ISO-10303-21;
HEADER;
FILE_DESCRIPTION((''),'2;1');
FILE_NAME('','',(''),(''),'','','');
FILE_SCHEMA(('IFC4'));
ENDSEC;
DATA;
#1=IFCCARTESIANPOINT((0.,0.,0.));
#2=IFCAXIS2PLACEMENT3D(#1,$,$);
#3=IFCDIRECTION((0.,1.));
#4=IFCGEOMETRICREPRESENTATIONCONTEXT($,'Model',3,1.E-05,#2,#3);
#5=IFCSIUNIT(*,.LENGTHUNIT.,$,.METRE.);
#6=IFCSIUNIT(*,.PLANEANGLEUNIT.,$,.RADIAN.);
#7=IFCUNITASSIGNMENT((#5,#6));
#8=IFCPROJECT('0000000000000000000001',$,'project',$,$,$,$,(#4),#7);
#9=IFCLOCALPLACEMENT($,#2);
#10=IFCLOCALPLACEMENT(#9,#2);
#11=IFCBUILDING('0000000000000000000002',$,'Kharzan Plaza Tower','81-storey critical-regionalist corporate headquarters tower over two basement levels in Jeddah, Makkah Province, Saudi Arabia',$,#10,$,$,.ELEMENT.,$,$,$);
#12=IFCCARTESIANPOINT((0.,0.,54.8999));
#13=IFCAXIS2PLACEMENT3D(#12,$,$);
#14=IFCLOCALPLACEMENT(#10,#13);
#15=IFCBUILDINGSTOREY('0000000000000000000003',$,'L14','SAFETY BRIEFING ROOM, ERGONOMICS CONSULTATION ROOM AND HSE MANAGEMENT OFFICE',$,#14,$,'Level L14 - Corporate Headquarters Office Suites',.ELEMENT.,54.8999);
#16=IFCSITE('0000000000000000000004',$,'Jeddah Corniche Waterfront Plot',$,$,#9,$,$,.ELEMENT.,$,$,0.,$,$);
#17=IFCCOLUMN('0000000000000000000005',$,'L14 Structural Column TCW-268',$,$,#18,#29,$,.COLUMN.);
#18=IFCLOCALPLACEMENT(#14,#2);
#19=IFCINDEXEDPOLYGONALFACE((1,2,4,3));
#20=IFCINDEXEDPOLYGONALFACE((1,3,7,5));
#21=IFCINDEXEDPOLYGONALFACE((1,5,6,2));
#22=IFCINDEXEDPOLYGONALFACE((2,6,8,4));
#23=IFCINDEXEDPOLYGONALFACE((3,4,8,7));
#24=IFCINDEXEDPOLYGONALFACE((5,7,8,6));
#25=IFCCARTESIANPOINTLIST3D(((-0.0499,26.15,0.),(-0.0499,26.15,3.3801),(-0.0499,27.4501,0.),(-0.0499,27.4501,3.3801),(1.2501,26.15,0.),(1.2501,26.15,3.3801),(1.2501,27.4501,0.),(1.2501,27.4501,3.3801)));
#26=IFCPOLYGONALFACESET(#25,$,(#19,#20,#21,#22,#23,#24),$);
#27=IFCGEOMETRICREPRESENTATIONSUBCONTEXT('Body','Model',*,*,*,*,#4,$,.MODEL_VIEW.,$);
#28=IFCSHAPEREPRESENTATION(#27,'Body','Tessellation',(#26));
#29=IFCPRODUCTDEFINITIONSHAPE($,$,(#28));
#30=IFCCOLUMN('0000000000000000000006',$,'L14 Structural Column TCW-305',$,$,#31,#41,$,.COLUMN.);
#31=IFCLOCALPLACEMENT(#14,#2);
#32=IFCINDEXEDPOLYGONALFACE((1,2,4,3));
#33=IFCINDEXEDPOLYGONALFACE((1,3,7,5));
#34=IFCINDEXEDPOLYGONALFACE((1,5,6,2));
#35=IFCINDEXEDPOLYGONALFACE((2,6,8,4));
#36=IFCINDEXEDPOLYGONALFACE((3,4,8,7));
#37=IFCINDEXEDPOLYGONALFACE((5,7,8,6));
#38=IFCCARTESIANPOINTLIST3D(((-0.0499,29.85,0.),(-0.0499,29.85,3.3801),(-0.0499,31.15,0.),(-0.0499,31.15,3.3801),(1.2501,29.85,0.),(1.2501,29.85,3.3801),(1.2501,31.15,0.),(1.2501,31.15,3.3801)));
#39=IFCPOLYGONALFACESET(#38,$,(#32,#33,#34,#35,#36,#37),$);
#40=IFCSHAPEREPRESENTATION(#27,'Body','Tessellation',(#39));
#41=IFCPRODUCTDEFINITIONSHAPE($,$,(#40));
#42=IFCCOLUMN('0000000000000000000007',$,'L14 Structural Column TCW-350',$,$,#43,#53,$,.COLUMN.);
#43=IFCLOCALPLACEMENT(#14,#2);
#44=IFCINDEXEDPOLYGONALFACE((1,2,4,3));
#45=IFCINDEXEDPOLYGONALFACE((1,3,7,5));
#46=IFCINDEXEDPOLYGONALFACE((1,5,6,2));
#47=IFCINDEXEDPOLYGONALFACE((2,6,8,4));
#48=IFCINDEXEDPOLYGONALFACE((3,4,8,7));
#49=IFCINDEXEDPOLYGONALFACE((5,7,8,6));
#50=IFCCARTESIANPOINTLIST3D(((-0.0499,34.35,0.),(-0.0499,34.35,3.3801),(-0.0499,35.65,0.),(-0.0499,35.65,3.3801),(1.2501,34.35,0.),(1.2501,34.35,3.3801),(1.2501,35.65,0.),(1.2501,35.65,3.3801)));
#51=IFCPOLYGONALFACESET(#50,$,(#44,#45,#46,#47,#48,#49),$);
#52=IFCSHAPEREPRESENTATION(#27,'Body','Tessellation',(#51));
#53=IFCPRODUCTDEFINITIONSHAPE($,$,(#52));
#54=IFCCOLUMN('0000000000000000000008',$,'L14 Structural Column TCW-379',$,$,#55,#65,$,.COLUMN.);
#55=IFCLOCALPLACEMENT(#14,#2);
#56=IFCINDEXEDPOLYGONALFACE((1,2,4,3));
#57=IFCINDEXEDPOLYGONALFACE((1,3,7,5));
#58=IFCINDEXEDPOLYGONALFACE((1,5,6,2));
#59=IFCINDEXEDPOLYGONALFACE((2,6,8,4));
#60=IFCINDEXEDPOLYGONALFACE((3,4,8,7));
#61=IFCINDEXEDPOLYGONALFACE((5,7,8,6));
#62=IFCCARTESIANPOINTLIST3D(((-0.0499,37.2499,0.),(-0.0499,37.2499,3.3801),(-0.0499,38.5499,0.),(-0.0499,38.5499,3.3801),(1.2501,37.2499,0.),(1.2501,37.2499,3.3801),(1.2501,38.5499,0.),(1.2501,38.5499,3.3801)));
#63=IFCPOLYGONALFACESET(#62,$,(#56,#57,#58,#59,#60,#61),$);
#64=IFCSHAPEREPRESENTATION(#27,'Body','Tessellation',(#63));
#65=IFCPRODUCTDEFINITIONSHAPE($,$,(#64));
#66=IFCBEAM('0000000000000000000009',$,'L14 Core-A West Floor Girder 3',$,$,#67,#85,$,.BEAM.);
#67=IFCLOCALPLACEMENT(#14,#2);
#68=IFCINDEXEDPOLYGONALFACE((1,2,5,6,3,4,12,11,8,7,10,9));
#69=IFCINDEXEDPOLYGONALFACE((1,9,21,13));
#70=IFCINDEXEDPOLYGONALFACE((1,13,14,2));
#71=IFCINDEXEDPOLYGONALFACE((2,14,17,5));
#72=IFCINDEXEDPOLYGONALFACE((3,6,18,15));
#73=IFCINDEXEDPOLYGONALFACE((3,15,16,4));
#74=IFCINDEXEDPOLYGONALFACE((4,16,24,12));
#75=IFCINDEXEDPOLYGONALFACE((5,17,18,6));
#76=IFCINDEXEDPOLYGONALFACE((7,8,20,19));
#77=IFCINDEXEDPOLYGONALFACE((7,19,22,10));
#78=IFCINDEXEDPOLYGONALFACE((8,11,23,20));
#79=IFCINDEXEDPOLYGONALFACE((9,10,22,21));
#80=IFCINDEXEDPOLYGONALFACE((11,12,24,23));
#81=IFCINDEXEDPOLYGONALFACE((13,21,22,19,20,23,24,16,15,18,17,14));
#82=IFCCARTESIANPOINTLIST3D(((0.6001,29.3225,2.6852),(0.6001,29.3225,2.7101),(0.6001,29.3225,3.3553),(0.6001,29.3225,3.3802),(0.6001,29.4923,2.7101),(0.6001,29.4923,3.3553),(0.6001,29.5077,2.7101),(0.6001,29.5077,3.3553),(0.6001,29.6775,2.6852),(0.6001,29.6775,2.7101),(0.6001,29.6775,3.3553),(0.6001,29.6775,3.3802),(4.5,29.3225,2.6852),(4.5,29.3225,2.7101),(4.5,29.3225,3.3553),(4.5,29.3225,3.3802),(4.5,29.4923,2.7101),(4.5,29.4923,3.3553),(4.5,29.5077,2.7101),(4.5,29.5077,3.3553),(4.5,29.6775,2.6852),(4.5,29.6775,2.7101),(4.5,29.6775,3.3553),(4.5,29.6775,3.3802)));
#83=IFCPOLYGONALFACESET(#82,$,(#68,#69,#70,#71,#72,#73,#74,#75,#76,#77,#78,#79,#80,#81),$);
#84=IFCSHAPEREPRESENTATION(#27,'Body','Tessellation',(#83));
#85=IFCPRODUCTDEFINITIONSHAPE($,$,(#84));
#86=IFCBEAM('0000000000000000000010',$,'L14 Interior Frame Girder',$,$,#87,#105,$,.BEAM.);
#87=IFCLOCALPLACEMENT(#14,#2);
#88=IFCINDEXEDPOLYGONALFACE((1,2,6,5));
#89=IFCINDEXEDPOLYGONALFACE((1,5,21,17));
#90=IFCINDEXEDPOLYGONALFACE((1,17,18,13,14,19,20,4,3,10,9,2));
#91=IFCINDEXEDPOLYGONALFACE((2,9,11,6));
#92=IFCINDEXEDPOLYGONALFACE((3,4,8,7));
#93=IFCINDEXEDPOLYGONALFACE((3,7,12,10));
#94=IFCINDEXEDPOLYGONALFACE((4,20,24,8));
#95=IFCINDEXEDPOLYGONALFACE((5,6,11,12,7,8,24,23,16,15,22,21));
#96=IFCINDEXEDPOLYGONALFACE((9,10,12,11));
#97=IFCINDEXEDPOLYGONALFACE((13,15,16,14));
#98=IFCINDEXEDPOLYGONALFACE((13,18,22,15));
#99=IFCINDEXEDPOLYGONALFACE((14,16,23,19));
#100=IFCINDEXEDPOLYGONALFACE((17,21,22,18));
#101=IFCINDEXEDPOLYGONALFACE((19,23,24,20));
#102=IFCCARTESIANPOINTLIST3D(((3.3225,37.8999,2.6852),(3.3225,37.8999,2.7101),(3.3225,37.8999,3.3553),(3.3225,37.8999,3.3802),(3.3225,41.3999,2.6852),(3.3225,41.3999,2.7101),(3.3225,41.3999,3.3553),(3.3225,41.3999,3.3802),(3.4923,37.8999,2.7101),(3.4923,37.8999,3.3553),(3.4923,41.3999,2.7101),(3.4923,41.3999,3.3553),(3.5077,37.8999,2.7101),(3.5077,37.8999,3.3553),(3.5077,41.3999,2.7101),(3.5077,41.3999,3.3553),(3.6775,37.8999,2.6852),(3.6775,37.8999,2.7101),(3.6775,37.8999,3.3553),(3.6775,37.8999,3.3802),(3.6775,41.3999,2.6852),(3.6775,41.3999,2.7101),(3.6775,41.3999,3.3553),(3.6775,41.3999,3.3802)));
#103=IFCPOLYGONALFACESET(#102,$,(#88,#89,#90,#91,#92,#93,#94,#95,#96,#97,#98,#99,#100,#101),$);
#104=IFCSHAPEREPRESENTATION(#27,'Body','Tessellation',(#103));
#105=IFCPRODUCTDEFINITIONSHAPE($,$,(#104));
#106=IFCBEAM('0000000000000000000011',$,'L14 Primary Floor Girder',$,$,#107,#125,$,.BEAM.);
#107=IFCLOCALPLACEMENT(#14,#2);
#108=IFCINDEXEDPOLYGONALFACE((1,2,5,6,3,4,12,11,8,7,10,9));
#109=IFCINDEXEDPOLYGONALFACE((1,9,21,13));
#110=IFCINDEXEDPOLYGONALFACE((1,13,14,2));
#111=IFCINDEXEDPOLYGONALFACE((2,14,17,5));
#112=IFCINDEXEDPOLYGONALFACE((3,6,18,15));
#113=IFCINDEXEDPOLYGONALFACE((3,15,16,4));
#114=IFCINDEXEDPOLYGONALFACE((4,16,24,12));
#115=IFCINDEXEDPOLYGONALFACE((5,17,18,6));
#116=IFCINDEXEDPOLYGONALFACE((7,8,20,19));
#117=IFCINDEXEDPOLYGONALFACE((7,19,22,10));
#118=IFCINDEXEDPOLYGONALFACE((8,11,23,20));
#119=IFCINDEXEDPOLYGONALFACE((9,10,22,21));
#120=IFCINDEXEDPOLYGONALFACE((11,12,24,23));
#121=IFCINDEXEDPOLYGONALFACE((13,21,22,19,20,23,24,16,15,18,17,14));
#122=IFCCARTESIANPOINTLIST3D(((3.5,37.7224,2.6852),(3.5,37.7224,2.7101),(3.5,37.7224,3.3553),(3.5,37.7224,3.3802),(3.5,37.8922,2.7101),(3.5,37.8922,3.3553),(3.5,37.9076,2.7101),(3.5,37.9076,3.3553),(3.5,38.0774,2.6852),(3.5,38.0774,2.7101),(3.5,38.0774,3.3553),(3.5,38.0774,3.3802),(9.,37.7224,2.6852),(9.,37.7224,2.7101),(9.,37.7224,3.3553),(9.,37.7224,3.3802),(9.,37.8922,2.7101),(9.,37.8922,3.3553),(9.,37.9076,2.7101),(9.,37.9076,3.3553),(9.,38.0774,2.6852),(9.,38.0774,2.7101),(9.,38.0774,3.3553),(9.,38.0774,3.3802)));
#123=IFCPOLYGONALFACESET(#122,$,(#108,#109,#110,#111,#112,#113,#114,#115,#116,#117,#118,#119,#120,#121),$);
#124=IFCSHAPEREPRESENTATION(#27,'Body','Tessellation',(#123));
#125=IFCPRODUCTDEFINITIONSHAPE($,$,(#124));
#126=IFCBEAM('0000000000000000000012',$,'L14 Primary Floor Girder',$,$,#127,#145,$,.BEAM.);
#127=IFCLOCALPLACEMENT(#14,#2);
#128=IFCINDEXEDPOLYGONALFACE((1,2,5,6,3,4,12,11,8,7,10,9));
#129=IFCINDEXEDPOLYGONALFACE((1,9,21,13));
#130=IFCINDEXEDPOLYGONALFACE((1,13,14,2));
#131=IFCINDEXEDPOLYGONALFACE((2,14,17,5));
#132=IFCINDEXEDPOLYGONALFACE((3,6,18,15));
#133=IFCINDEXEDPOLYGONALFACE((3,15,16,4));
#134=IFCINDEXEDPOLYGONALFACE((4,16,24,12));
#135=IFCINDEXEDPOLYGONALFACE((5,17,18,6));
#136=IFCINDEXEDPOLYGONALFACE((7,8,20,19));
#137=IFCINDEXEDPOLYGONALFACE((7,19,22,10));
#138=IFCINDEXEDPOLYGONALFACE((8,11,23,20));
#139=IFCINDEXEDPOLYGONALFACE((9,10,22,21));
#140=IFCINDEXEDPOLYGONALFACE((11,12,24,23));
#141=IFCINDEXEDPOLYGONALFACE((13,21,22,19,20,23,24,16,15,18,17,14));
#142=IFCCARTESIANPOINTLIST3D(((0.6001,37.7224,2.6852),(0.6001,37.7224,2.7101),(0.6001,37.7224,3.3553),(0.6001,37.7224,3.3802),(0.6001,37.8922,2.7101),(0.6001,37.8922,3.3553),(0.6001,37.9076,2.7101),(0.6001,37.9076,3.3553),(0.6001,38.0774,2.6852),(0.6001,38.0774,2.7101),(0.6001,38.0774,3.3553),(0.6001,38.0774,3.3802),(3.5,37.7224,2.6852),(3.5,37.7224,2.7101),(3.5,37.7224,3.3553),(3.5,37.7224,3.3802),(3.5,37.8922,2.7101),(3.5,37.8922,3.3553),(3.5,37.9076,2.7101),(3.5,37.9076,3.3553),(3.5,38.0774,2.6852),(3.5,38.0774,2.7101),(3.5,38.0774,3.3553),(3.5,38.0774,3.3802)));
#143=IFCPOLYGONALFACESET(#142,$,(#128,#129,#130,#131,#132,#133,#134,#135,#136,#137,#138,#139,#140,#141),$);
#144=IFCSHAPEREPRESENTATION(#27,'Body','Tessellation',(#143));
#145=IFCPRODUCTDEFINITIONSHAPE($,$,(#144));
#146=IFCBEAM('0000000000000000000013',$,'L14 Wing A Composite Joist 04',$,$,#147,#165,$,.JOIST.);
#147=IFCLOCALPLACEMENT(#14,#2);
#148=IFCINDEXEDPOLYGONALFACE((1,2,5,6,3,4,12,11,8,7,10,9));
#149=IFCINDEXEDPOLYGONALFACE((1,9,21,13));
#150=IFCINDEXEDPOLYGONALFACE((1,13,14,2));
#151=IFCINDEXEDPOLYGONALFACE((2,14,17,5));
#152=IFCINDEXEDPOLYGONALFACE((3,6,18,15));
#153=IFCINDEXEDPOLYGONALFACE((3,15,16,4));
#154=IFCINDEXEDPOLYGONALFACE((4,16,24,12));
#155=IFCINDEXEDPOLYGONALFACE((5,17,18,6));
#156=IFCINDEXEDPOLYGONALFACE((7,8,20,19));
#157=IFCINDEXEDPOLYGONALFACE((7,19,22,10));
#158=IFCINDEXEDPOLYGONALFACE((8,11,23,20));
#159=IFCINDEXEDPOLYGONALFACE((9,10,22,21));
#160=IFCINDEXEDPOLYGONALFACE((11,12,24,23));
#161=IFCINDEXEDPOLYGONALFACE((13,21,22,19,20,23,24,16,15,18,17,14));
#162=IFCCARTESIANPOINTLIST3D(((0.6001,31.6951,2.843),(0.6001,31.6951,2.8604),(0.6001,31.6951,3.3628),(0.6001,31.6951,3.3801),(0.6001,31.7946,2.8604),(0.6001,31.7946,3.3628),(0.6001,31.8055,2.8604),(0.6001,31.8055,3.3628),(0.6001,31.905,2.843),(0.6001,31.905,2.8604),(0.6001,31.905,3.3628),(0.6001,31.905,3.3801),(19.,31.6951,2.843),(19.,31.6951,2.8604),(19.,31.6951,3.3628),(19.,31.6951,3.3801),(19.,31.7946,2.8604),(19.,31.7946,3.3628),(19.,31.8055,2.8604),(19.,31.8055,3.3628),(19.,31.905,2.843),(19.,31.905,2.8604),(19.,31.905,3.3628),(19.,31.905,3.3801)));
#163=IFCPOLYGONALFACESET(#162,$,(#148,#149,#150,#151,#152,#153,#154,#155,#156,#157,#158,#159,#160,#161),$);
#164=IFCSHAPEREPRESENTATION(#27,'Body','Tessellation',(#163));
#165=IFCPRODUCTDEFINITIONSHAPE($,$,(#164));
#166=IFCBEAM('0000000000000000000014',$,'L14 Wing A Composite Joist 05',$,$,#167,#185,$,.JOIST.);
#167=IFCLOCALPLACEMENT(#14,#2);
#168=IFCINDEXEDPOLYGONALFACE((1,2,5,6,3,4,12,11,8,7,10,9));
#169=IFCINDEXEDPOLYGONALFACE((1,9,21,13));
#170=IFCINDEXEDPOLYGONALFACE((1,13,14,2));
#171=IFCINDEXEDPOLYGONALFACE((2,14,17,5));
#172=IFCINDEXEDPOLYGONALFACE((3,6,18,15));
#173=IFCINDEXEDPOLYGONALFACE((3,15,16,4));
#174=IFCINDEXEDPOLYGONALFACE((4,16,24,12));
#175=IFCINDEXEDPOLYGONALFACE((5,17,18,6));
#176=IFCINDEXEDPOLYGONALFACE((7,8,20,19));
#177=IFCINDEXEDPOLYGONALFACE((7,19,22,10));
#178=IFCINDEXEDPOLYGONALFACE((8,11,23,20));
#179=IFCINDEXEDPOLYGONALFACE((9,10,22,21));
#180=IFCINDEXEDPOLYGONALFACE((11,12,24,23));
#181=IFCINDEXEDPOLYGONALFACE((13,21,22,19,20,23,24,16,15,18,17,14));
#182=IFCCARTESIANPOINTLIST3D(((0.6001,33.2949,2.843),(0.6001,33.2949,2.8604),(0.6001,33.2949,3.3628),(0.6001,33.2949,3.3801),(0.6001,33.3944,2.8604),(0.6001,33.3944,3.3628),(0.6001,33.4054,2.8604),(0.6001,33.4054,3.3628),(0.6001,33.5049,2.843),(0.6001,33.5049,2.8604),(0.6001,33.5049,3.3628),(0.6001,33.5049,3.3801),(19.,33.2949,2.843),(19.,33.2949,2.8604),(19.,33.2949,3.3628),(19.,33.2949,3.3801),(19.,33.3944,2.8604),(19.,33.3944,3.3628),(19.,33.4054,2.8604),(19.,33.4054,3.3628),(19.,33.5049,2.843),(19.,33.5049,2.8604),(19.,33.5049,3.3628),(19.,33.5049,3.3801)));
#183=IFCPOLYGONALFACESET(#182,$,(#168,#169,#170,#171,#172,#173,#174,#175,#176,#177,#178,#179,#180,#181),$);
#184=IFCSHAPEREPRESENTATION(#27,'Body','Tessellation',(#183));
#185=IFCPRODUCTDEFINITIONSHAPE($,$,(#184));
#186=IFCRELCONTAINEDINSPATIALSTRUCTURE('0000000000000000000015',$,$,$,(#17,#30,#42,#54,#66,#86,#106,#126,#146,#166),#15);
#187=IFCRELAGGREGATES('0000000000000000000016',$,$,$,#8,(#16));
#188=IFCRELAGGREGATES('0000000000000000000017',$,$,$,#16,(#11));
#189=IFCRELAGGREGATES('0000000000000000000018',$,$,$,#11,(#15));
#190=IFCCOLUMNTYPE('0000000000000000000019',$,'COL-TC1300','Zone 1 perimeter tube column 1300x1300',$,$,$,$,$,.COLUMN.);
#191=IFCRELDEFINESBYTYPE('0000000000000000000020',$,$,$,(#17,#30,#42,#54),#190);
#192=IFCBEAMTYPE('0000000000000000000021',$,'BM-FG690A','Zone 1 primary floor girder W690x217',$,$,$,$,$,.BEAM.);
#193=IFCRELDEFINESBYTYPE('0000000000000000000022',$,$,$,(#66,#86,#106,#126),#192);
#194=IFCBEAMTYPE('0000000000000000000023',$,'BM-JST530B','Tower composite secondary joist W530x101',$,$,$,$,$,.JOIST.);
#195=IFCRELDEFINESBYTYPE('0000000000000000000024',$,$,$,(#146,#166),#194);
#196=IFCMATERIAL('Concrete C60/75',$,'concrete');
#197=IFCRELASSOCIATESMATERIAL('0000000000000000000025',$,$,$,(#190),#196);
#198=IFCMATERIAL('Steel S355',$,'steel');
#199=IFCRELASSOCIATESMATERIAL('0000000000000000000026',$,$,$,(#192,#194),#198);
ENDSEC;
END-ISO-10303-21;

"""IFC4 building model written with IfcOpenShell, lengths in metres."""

from ifc_helpers import new_model, si_unit, direction, frame, origin, origin_2d, place, context, subcontext, project, spatial, rectangle, i_section, extrude, source, transform, mapped, material, material_profile, profile_set, type_object, element, save


model = new_model("IFC4")

# Units and contexts
model_context = context("Model", 3, precision=1e-05, world=origin(), true_north=direction((0.0, 1.0)))
body_context = subcontext(model_context, "Body", "Model", "MODEL_VIEW")
ifc_project = project(units=[si_unit("LENGTHUNIT", "METRE"), si_unit("PLANEANGLEUNIT", "RADIAN")], contexts=[model_context])

# Site, building, storey
site_placement = place(None, origin())
site = spatial("IfcSite", under=ifc_project, at=site_placement, Name="Jeddah Corniche Waterfront Plot", CompositionType="ELEMENT", RefElevation=0.0)
building_placement = place(site_placement, origin())
building = spatial("IfcBuilding", under=site, at=building_placement, Name="Kharzan Plaza Tower", Description="81-storey critical-regionalist corporate headquarters tower over two basement levels in Jeddah, Makkah Province, Saudi Arabia", CompositionType="ELEMENT")
storey_placement = place(building_placement, frame((0.0, 0.0, 54.8999)))
storey = spatial("IfcBuildingStorey", under=building, at=storey_placement, Name="L14", Description="SAFETY BRIEFING ROOM, ERGONOMICS CONSULTATION ROOM AND HSE MANAGEMENT OFFICE", LongName="Level L14 - Corporate Headquarters Office Suites", CompositionType="ELEMENT", Elevation=54.8999)

# Columns
ifc_material_1 = material(Name="Concrete C60/75", Category="concrete")
ifc_material_profile_1 = material_profile(ifc_material_1, rectangle(XDim=1.3, YDim=1.3, at=origin_2d()), Name="RC-TC1300x1300")
ifc_profile_set_1 = profile_set([ifc_material_profile_1], Name="Concrete C60/75")
column_type = type_object("IfcColumnType", Name="COL-TC1300", Description="Zone 1 perimeter tube column 1300x1300", PredefinedType="COLUMN", material=ifc_profile_set_1)
shared_shape_1 = source(origin(), body_context, "Body", "SweptSolid", [
    extrude(rectangle(XDim=1.3, YDim=1.3, at=origin_2d()), origin(), (0.0, 0.0, 1.0), 3.3801),
])
for number, where, z_axis, x_axis, name in (
    (1, (0.6001, 26.8, 0.0), (0.0, 0.0, 1.0), (1.0, 0.0, 0.0), "L14 Structural Column TCW-268"),
    (2, (0.6001, 30.5, 0.0), (0.0, 0.0, 1.0), (1.0, 0.0, 0.0), "L14 Structural Column TCW-305"),
    (3, (0.6001, 35.0, 0.0), (0.0, 0.0, 1.0), (1.0, 0.0, 0.0), "L14 Structural Column TCW-350"),
    (4, (0.6001, 37.8999, 0.0), (0.0, 0.0, 1.0), (1.0, 0.0, 0.0), "L14 Structural Column TCW-379"),
):
    element("IfcColumn", number, at=place(storey_placement, frame(where, z_axis=z_axis, x_axis=x_axis)), inside=storey, type_object=column_type, Name=name, PredefinedType="COLUMN", context=body_context, shape_type="MappedRepresentation", body=[
        mapped(shared_shape_1, transform((0.0, 0.0, 0.0), x_axis=(1.0, 0.0, 0.0), y_axis=(0.0, 1.0, 0.0), z_axis=(0.0, 0.0, 1.0))),
    ])

# Beams
ifc_material_2 = material(Name="Steel S355", Category="steel")
ifc_material_profile_2 = material_profile(ifc_material_2, i_section(OverallWidth=0.355, OverallDepth=0.6951, WebThickness=0.0154, FlangeThickness=0.0249, at=origin_2d()), Name="W690x217")
ifc_profile_set_2 = profile_set([ifc_material_profile_2], Name="Steel S355")
beam_type_1 = type_object("IfcBeamType", Name="BM-FG690A", Description="Zone 1 primary floor girder W690x217", PredefinedType="BEAM", material=ifc_profile_set_2)
shared_shape_2 = source(origin(), body_context, "Body", "SweptSolid", [
    extrude(i_section(OverallWidth=0.355, OverallDepth=0.6951, WebThickness=0.0154, FlangeThickness=0.0249, at=origin_2d()), origin(), (0.0, 0.0, 1.0), 3.8999),
])
beam_1_placement = place(storey_placement, frame((0.6001, 29.5, 3.0327), z_axis=(1.0, 0.0, 0.0), x_axis=(0.0, 1.0, 0.0)))
element("IfcBeam", 5, at=beam_1_placement, inside=storey, type_object=beam_type_1, Name="L14 Core-A West Floor Girder 3", PredefinedType="BEAM", context=body_context, shape_type="MappedRepresentation", body=[
    mapped(shared_shape_2, transform((0.0, 0.0, 0.0), x_axis=(1.0, 0.0, 0.0), y_axis=(0.0, 1.0, 0.0), z_axis=(0.0, 0.0, 1.0))),
])
shared_shape_3 = source(origin(), body_context, "Body", "SweptSolid", [
    extrude(i_section(OverallWidth=0.355, OverallDepth=0.6951, WebThickness=0.0154, FlangeThickness=0.0249, at=origin_2d()), origin(), (0.0, 0.0, 1.0), 3.5),
])
beam_2_placement = place(storey_placement, frame((3.5, 37.8999, 3.0327), z_axis=(0.0, 1.0, 0.0), x_axis=(-1.0, 0.0, 0.0)))
element("IfcBeam", 6, at=beam_2_placement, inside=storey, type_object=beam_type_1, Name="L14 Interior Frame Girder", PredefinedType="BEAM", context=body_context, shape_type="MappedRepresentation", body=[
    mapped(shared_shape_3, transform((0.0, 0.0, 0.0), x_axis=(1.0, 0.0, 0.0), y_axis=(0.0, 1.0, 0.0), z_axis=(0.0, 0.0, 1.0))),
])
shared_shape_4 = source(origin(), body_context, "Body", "SweptSolid", [
    extrude(i_section(OverallWidth=0.355, OverallDepth=0.6951, WebThickness=0.0154, FlangeThickness=0.0249, at=origin_2d()), origin(), (0.0, 0.0, 1.0), 5.5),
])
beam_3_placement = place(storey_placement, frame((3.5, 37.8999, 3.0327), z_axis=(1.0, 0.0, 0.0), x_axis=(0.0, 1.0, 0.0)))
element("IfcBeam", 7, at=beam_3_placement, inside=storey, type_object=beam_type_1, Name="L14 Primary Floor Girder", PredefinedType="BEAM", context=body_context, shape_type="MappedRepresentation", body=[
    mapped(shared_shape_4, transform((0.0, 0.0, 0.0), x_axis=(1.0, 0.0, 0.0), y_axis=(0.0, 1.0, 0.0), z_axis=(0.0, 0.0, 1.0))),
])
shared_shape_5 = source(origin(), body_context, "Body", "SweptSolid", [
    extrude(i_section(OverallWidth=0.355, OverallDepth=0.6951, WebThickness=0.0154, FlangeThickness=0.0249, at=origin_2d()), origin(), (0.0, 0.0, 1.0), 2.8999),
])
beam_4_placement = place(storey_placement, frame((0.6001, 37.8999, 3.0327), z_axis=(1.0, 0.0, 0.0), x_axis=(0.0, 1.0, 0.0)))
element("IfcBeam", 8, at=beam_4_placement, inside=storey, type_object=beam_type_1, Name="L14 Primary Floor Girder", PredefinedType="BEAM", context=body_context, shape_type="MappedRepresentation", body=[
    mapped(shared_shape_5, transform((0.0, 0.0, 0.0), x_axis=(1.0, 0.0, 0.0), y_axis=(0.0, 1.0, 0.0), z_axis=(0.0, 0.0, 1.0))),
])
ifc_material_profile_3 = material_profile(ifc_material_2, i_section(OverallWidth=0.21, OverallDepth=0.5371, WebThickness=0.011, FlangeThickness=0.0173, at=origin_2d()), Name="W530x101")
ifc_profile_set_3 = profile_set([ifc_material_profile_3], Name="Steel S355")
beam_type_2 = type_object("IfcBeamType", Name="BM-JST530B", Description="Tower composite secondary joist W530x101", PredefinedType="JOIST", material=ifc_profile_set_3)
shared_shape_6 = source(origin(), body_context, "Body", "SweptSolid", [
    extrude(i_section(OverallWidth=0.21, OverallDepth=0.5371, WebThickness=0.011, FlangeThickness=0.0173, at=origin_2d()), origin(), (0.0, 0.0, 1.0), 18.3999),
])
for number, where, z_axis, x_axis, name in (
    (9, (0.6001, 31.8, 3.1116), (1.0, 0.0, 0.0), (0.0, 1.0, 0.0), "L14 Wing A Composite Joist 04"),
    (10, (0.6001, 33.3999, 3.1116), (1.0, 0.0, 0.0), (0.0, 1.0, 0.0), "L14 Wing A Composite Joist 05"),
):
    element("IfcBeam", number, at=place(storey_placement, frame(where, z_axis=z_axis, x_axis=x_axis)), inside=storey, type_object=beam_type_2, Name=name, PredefinedType="JOIST", context=body_context, shape_type="MappedRepresentation", body=[
        mapped(shared_shape_6, transform((0.0, 0.0, 0.0), x_axis=(1.0, 0.0, 0.0), y_axis=(0.0, 1.0, 0.0), z_axis=(0.0, 0.0, 1.0))),
    ])

save(model, "model.ifc")
